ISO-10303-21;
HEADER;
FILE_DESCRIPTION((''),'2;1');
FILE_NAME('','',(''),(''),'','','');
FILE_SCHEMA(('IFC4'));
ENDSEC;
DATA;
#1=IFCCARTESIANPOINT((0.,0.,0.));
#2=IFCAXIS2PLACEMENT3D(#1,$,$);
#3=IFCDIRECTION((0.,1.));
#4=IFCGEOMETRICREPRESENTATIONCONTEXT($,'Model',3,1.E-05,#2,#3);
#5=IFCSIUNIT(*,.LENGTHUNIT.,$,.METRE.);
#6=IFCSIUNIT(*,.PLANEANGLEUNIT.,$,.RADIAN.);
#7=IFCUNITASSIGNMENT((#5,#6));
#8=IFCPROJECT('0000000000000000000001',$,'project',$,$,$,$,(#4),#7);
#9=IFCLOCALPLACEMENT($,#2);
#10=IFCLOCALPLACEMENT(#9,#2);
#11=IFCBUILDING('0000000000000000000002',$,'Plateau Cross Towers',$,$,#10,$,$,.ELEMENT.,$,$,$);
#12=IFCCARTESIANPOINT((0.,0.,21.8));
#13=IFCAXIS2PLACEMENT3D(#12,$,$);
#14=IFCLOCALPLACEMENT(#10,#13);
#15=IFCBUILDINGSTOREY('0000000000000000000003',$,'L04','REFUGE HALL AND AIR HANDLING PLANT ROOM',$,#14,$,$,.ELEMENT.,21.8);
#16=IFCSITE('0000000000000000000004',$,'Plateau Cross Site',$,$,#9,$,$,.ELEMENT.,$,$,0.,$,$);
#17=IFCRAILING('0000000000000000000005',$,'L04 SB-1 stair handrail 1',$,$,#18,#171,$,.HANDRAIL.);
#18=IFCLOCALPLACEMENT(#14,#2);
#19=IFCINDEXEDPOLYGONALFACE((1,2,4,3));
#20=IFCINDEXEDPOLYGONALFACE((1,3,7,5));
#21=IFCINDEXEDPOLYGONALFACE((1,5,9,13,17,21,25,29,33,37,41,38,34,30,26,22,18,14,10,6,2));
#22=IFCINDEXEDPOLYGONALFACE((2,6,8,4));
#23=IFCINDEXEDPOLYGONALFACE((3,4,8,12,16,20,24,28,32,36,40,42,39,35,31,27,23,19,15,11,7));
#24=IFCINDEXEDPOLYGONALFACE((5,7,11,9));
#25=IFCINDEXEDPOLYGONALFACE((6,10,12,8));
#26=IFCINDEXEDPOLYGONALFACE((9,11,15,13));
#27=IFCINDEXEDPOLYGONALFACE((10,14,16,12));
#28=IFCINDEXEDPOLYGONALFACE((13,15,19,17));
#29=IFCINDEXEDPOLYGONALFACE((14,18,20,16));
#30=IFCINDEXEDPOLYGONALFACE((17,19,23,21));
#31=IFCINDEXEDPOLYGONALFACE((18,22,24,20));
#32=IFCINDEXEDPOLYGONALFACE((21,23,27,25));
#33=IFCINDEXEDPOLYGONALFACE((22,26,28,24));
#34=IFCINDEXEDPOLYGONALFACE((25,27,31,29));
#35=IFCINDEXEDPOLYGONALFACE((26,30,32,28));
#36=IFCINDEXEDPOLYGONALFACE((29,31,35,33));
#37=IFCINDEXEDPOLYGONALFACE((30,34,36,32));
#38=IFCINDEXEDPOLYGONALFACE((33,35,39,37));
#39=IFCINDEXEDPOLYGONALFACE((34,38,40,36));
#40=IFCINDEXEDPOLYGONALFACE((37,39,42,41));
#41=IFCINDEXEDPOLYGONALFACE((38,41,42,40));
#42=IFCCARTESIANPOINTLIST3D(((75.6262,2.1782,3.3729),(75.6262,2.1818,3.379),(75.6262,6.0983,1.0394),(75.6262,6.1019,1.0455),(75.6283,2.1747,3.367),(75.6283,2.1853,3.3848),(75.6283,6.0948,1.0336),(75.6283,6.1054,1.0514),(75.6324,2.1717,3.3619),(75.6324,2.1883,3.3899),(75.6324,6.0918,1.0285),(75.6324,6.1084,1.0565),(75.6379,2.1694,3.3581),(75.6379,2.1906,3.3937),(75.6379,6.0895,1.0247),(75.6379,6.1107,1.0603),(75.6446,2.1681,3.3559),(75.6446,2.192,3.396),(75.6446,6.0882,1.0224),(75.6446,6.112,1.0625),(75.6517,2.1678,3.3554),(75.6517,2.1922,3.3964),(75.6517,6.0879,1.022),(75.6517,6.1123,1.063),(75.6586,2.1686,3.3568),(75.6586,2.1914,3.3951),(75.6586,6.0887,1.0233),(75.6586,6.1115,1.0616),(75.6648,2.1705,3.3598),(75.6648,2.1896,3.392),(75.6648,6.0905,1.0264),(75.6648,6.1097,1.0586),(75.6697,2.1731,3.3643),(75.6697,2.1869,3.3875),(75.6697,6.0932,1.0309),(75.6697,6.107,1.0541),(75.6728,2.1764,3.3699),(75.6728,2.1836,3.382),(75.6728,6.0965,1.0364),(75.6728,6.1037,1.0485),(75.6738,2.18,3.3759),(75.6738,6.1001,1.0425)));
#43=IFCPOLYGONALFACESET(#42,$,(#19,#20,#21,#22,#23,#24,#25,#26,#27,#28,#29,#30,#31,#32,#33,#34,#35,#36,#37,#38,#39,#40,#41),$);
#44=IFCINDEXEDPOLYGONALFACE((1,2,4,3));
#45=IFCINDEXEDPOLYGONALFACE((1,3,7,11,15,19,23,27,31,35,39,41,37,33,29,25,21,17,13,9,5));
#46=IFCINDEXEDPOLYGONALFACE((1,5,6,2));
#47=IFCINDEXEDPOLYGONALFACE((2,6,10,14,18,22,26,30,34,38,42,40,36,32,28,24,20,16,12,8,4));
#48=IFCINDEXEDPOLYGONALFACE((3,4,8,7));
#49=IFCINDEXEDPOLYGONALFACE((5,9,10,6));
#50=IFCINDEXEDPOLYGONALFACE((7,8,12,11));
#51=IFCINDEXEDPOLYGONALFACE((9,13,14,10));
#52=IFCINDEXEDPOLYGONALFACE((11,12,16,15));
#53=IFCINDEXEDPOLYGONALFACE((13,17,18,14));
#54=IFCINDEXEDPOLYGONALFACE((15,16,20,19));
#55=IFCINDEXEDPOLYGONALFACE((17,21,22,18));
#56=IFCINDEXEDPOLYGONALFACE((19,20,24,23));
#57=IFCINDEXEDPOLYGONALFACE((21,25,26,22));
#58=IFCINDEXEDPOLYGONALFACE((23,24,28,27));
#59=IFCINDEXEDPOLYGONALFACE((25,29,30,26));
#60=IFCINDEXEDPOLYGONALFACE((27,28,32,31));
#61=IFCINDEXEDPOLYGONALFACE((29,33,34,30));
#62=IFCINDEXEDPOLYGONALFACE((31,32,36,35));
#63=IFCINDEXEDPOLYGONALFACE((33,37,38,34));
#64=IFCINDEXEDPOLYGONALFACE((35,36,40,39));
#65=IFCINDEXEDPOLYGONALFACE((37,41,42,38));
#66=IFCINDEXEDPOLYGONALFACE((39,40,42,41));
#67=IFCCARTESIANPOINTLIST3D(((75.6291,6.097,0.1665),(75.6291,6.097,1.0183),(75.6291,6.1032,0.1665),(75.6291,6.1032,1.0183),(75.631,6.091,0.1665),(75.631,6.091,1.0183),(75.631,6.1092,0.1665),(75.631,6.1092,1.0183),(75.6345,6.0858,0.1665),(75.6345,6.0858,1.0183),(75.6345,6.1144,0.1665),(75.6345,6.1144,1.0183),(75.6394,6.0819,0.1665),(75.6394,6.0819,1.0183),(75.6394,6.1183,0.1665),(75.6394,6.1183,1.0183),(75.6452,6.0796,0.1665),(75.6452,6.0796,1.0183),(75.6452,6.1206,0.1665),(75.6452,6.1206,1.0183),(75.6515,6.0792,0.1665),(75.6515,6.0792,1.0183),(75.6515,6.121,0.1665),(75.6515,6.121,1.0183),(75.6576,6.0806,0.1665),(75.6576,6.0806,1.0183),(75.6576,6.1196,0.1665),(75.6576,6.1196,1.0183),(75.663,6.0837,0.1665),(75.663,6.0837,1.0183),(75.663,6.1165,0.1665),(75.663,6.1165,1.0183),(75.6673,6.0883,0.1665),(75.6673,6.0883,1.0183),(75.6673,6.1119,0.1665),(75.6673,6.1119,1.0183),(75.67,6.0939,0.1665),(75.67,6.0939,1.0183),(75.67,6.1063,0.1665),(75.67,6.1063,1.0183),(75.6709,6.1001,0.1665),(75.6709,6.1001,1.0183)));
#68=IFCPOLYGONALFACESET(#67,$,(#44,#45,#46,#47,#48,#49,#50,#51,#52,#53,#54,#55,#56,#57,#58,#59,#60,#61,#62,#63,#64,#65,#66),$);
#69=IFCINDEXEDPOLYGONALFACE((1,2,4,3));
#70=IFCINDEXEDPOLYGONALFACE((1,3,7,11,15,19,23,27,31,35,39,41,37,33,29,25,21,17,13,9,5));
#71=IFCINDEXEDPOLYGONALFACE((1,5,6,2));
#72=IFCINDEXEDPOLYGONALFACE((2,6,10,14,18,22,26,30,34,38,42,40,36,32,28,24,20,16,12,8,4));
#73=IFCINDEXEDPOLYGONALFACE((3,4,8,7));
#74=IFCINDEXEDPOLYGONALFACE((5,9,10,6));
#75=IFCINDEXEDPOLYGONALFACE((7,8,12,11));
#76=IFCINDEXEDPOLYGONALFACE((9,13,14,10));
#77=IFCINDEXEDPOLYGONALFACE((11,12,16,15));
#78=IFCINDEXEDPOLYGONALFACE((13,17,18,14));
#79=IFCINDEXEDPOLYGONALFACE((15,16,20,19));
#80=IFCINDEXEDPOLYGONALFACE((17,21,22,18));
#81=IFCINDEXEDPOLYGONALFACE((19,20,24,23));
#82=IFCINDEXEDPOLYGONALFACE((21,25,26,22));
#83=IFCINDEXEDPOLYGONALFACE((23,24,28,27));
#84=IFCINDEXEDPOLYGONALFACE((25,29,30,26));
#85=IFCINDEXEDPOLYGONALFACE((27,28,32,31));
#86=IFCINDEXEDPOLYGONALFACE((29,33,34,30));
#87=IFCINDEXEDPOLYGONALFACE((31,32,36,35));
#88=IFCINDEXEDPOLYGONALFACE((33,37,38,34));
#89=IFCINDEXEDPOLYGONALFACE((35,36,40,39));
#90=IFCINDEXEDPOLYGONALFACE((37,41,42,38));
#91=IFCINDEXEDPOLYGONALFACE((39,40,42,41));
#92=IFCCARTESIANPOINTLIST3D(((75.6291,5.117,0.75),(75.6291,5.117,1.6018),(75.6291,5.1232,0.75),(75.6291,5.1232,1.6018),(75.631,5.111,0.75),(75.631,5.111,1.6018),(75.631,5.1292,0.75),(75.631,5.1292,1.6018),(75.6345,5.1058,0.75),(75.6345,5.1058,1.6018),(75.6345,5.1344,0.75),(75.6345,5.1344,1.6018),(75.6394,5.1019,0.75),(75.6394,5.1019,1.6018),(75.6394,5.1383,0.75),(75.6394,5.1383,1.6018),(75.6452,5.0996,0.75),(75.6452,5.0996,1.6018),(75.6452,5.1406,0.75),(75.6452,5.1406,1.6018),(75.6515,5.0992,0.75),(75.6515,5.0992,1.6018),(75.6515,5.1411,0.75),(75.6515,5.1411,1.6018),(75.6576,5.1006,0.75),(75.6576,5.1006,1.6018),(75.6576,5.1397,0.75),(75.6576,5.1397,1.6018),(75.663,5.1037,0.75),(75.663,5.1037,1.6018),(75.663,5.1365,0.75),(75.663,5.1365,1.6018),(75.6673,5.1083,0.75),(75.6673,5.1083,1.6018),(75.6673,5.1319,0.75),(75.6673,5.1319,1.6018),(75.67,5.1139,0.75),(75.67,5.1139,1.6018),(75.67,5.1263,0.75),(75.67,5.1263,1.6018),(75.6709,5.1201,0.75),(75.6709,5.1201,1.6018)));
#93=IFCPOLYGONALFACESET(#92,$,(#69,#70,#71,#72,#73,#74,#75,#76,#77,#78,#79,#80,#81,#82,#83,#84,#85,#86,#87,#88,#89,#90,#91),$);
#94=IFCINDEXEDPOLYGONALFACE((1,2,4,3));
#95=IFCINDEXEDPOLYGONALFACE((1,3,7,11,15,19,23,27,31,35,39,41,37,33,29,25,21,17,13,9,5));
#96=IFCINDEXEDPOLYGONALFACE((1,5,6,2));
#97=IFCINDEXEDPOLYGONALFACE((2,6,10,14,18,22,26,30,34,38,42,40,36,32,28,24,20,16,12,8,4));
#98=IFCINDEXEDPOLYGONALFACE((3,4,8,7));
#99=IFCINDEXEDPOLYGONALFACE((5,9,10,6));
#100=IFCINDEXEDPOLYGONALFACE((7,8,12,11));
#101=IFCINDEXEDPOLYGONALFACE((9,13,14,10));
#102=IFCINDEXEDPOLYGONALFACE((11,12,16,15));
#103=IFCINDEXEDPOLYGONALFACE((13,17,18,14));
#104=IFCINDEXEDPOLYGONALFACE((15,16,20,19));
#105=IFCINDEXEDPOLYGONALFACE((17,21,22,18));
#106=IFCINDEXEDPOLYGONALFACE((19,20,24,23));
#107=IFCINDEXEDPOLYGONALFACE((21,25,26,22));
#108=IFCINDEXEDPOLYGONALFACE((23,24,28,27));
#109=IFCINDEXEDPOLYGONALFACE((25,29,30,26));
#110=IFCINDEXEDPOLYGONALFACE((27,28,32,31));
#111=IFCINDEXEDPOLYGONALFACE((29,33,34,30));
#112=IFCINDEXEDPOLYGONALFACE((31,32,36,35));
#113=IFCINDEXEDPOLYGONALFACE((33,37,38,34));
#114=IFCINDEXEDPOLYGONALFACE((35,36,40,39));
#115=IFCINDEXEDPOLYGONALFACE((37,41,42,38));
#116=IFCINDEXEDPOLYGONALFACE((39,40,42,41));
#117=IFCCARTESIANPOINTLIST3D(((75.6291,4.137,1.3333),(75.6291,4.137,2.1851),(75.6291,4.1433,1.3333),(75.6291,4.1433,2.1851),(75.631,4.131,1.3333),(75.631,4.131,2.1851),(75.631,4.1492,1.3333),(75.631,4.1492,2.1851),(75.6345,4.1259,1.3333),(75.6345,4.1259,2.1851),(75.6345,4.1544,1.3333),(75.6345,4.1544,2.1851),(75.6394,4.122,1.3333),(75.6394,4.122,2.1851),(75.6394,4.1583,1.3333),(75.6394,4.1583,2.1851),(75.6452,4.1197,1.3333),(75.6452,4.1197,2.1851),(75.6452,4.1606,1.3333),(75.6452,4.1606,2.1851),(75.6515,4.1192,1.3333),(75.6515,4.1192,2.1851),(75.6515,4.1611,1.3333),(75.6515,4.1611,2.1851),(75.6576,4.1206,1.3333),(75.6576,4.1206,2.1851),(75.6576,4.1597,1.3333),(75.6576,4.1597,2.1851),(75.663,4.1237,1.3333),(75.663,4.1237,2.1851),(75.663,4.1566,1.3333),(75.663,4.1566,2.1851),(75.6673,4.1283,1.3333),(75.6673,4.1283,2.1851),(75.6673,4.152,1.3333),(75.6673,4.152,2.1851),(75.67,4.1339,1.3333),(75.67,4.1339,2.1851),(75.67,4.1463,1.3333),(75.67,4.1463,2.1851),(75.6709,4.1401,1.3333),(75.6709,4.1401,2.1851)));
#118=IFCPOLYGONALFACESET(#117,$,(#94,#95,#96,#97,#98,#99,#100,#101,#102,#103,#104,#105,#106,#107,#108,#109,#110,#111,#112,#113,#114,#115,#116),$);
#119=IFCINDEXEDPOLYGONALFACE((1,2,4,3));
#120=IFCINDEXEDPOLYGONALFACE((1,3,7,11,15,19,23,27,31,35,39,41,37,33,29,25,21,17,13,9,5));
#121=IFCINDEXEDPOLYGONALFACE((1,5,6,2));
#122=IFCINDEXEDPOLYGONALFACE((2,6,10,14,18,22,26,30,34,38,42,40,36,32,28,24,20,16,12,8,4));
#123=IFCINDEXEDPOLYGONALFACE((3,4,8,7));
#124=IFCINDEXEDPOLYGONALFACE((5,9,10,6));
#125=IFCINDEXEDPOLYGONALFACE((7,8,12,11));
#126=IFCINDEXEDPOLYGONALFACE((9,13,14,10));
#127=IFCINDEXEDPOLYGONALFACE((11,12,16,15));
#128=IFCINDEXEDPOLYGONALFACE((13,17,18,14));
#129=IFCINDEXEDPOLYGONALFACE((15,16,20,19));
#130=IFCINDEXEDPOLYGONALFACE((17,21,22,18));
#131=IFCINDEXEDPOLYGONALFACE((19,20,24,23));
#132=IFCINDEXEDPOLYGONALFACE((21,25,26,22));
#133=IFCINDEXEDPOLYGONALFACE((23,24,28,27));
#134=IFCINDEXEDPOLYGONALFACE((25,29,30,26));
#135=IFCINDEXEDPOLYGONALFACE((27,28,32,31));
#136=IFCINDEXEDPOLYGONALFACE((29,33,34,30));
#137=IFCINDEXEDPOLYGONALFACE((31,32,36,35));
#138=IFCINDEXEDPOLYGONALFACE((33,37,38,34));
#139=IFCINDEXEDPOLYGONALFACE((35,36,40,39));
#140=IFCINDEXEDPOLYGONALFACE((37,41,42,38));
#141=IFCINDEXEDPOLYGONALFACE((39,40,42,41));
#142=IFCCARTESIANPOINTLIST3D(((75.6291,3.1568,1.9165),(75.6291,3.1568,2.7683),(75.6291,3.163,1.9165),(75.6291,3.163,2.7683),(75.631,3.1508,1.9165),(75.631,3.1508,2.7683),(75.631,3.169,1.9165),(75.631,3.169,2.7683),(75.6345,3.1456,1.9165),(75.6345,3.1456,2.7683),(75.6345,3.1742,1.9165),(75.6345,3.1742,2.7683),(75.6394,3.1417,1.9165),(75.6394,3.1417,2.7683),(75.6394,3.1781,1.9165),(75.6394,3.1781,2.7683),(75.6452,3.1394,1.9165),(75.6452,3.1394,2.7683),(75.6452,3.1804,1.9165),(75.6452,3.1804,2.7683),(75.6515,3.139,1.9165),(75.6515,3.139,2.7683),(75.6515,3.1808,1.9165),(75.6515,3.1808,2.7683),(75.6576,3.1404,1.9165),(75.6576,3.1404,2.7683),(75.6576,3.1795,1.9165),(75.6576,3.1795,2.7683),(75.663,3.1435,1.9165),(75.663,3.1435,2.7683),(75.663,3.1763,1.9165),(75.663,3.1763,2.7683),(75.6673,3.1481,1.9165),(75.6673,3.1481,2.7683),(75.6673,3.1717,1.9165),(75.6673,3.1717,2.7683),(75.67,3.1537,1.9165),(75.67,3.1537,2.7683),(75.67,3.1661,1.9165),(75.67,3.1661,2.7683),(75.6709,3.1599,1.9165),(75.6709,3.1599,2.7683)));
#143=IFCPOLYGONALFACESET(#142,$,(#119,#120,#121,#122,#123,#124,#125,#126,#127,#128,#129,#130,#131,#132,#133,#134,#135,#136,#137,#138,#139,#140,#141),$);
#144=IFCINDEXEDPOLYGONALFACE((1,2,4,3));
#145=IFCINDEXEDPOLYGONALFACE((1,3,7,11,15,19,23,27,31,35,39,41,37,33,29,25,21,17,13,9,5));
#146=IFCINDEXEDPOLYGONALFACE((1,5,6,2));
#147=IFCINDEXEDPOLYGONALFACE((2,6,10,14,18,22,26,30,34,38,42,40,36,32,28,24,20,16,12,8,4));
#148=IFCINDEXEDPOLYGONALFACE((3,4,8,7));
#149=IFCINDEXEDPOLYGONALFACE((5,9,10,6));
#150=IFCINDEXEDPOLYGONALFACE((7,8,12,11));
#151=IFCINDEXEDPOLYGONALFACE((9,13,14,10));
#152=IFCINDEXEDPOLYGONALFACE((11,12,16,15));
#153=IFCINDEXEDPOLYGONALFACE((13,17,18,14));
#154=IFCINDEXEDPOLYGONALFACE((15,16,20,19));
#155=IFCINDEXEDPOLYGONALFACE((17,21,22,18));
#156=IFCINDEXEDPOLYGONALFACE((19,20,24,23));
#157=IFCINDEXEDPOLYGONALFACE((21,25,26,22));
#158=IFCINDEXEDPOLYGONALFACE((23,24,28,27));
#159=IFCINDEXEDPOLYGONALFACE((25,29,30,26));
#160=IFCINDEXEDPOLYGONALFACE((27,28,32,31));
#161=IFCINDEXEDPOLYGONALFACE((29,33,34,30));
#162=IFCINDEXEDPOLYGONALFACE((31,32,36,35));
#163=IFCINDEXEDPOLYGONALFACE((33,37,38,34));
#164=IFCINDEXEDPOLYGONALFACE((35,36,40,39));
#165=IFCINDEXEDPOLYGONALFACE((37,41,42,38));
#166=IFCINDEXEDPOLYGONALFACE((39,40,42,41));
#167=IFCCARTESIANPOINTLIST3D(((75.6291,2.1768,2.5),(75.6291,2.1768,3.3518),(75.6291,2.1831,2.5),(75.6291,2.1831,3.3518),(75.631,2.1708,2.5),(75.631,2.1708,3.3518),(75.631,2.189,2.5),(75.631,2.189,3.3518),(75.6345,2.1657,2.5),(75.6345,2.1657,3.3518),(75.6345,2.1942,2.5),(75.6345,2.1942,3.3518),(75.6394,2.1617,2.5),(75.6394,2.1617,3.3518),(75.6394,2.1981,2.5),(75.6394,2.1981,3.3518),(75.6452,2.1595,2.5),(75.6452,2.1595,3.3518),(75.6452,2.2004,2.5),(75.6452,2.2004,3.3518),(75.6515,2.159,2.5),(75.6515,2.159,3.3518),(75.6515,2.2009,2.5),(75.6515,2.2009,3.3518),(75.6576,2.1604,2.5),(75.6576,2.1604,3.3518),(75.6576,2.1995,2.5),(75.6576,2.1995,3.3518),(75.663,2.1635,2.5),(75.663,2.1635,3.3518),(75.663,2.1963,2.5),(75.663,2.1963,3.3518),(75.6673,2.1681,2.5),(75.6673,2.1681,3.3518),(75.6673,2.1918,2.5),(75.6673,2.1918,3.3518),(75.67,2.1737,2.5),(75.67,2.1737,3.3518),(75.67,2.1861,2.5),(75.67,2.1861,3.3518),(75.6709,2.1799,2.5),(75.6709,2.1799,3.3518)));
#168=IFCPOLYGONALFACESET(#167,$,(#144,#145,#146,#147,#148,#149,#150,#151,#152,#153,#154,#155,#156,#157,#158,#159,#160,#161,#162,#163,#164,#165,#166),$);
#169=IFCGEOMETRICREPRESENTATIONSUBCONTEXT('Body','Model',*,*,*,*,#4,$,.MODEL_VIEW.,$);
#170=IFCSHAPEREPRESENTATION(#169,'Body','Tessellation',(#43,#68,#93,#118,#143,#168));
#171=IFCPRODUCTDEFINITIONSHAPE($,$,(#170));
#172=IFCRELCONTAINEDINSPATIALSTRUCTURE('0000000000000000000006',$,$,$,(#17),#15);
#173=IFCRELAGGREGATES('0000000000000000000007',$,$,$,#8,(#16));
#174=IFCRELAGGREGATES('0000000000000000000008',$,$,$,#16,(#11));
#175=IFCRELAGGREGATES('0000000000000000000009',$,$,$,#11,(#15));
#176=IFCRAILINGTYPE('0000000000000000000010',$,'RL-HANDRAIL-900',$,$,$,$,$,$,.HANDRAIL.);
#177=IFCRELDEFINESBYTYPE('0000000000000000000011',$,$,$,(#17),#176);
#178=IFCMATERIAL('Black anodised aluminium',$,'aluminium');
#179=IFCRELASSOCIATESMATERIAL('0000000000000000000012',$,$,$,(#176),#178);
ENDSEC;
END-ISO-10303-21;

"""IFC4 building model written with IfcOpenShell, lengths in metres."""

from ifc_helpers import new_model, si_unit, direction, frame, origin, origin_2d, place, context, subcontext, project, spatial, circle, extrude, material, type_object, element, save


model = new_model("IFC4")

# Units and contexts
model_context = context("Model", 3, precision=1e-05, world=origin(), true_north=direction((0.0, 1.0)))
body_context = subcontext(model_context, "Body", "Model", "MODEL_VIEW")
ifc_project = project(units=[si_unit("LENGTHUNIT", "METRE"), si_unit("PLANEANGLEUNIT", "RADIAN")], contexts=[model_context])

# Site, building, storey
site_placement = place(None, origin())
site = spatial("IfcSite", under=ifc_project, at=site_placement, Name="Plateau Cross Site", CompositionType="ELEMENT", RefElevation=0.0)
building_placement = place(site_placement, origin())
building = spatial("IfcBuilding", under=site, at=building_placement, Name="Plateau Cross Towers", CompositionType="ELEMENT")
storey_placement = place(building_placement, frame((0.0, 0.0, 21.8)))
storey = spatial("IfcBuildingStorey", under=building, at=storey_placement, Name="L04", Description="REFUGE HALL AND AIR HANDLING PLANT ROOM", CompositionType="ELEMENT", Elevation=21.8)

# Railing
ifc_material_1 = material(Name="Black anodised aluminium", Category="aluminium")
railing_type_1 = type_object("IfcRailingType", Name="RL-HANDRAIL-900", PredefinedType="HANDRAIL", material=ifc_material_1)
for number, where, name in (
    (1, (75.6499, 6.1001, 0.1665), "L04 SB-1 stair handrail 1"),
):
    element("IfcRailing", number, at=place(storey_placement, frame(where)), inside=storey, type_object=railing_type_1, Name=name, PredefinedType="HANDRAIL", context=body_context, shape_type="SweptSolid", body=[
        extrude(circle(Radius=0.0239, at=origin_2d()), frame((0.0, 0.0, 0.876), z_axis=(0.0, -0.859287, 0.511494), x_axis=(1.0, 0.0, 0.0)), (0.0, 0.0, 1.0), 4.562),
        extrude(circle(Radius=0.021, at=origin_2d()), origin(), (0.0, 0.0, 1.0), 0.8518),
        extrude(circle(Radius=0.021, at=origin_2d()), frame((0.0, -0.98, 0.5835)), (0.0, 0.0, 1.0), 0.8518),
        extrude(circle(Radius=0.021, at=origin_2d()), frame((0.0, -1.96, 1.1667)), (0.0, 0.0, 1.0), 0.8518),
        extrude(circle(Radius=0.021, at=origin_2d()), frame((0.0, -2.9402, 1.75)), (0.0, 0.0, 1.0), 0.8518),
        extrude(circle(Radius=0.021, at=origin_2d()), frame((0.0, -3.9202, 2.3335)), (0.0, 0.0, 1.0), 0.8518),
    ])

save(model, "model.ifc")
